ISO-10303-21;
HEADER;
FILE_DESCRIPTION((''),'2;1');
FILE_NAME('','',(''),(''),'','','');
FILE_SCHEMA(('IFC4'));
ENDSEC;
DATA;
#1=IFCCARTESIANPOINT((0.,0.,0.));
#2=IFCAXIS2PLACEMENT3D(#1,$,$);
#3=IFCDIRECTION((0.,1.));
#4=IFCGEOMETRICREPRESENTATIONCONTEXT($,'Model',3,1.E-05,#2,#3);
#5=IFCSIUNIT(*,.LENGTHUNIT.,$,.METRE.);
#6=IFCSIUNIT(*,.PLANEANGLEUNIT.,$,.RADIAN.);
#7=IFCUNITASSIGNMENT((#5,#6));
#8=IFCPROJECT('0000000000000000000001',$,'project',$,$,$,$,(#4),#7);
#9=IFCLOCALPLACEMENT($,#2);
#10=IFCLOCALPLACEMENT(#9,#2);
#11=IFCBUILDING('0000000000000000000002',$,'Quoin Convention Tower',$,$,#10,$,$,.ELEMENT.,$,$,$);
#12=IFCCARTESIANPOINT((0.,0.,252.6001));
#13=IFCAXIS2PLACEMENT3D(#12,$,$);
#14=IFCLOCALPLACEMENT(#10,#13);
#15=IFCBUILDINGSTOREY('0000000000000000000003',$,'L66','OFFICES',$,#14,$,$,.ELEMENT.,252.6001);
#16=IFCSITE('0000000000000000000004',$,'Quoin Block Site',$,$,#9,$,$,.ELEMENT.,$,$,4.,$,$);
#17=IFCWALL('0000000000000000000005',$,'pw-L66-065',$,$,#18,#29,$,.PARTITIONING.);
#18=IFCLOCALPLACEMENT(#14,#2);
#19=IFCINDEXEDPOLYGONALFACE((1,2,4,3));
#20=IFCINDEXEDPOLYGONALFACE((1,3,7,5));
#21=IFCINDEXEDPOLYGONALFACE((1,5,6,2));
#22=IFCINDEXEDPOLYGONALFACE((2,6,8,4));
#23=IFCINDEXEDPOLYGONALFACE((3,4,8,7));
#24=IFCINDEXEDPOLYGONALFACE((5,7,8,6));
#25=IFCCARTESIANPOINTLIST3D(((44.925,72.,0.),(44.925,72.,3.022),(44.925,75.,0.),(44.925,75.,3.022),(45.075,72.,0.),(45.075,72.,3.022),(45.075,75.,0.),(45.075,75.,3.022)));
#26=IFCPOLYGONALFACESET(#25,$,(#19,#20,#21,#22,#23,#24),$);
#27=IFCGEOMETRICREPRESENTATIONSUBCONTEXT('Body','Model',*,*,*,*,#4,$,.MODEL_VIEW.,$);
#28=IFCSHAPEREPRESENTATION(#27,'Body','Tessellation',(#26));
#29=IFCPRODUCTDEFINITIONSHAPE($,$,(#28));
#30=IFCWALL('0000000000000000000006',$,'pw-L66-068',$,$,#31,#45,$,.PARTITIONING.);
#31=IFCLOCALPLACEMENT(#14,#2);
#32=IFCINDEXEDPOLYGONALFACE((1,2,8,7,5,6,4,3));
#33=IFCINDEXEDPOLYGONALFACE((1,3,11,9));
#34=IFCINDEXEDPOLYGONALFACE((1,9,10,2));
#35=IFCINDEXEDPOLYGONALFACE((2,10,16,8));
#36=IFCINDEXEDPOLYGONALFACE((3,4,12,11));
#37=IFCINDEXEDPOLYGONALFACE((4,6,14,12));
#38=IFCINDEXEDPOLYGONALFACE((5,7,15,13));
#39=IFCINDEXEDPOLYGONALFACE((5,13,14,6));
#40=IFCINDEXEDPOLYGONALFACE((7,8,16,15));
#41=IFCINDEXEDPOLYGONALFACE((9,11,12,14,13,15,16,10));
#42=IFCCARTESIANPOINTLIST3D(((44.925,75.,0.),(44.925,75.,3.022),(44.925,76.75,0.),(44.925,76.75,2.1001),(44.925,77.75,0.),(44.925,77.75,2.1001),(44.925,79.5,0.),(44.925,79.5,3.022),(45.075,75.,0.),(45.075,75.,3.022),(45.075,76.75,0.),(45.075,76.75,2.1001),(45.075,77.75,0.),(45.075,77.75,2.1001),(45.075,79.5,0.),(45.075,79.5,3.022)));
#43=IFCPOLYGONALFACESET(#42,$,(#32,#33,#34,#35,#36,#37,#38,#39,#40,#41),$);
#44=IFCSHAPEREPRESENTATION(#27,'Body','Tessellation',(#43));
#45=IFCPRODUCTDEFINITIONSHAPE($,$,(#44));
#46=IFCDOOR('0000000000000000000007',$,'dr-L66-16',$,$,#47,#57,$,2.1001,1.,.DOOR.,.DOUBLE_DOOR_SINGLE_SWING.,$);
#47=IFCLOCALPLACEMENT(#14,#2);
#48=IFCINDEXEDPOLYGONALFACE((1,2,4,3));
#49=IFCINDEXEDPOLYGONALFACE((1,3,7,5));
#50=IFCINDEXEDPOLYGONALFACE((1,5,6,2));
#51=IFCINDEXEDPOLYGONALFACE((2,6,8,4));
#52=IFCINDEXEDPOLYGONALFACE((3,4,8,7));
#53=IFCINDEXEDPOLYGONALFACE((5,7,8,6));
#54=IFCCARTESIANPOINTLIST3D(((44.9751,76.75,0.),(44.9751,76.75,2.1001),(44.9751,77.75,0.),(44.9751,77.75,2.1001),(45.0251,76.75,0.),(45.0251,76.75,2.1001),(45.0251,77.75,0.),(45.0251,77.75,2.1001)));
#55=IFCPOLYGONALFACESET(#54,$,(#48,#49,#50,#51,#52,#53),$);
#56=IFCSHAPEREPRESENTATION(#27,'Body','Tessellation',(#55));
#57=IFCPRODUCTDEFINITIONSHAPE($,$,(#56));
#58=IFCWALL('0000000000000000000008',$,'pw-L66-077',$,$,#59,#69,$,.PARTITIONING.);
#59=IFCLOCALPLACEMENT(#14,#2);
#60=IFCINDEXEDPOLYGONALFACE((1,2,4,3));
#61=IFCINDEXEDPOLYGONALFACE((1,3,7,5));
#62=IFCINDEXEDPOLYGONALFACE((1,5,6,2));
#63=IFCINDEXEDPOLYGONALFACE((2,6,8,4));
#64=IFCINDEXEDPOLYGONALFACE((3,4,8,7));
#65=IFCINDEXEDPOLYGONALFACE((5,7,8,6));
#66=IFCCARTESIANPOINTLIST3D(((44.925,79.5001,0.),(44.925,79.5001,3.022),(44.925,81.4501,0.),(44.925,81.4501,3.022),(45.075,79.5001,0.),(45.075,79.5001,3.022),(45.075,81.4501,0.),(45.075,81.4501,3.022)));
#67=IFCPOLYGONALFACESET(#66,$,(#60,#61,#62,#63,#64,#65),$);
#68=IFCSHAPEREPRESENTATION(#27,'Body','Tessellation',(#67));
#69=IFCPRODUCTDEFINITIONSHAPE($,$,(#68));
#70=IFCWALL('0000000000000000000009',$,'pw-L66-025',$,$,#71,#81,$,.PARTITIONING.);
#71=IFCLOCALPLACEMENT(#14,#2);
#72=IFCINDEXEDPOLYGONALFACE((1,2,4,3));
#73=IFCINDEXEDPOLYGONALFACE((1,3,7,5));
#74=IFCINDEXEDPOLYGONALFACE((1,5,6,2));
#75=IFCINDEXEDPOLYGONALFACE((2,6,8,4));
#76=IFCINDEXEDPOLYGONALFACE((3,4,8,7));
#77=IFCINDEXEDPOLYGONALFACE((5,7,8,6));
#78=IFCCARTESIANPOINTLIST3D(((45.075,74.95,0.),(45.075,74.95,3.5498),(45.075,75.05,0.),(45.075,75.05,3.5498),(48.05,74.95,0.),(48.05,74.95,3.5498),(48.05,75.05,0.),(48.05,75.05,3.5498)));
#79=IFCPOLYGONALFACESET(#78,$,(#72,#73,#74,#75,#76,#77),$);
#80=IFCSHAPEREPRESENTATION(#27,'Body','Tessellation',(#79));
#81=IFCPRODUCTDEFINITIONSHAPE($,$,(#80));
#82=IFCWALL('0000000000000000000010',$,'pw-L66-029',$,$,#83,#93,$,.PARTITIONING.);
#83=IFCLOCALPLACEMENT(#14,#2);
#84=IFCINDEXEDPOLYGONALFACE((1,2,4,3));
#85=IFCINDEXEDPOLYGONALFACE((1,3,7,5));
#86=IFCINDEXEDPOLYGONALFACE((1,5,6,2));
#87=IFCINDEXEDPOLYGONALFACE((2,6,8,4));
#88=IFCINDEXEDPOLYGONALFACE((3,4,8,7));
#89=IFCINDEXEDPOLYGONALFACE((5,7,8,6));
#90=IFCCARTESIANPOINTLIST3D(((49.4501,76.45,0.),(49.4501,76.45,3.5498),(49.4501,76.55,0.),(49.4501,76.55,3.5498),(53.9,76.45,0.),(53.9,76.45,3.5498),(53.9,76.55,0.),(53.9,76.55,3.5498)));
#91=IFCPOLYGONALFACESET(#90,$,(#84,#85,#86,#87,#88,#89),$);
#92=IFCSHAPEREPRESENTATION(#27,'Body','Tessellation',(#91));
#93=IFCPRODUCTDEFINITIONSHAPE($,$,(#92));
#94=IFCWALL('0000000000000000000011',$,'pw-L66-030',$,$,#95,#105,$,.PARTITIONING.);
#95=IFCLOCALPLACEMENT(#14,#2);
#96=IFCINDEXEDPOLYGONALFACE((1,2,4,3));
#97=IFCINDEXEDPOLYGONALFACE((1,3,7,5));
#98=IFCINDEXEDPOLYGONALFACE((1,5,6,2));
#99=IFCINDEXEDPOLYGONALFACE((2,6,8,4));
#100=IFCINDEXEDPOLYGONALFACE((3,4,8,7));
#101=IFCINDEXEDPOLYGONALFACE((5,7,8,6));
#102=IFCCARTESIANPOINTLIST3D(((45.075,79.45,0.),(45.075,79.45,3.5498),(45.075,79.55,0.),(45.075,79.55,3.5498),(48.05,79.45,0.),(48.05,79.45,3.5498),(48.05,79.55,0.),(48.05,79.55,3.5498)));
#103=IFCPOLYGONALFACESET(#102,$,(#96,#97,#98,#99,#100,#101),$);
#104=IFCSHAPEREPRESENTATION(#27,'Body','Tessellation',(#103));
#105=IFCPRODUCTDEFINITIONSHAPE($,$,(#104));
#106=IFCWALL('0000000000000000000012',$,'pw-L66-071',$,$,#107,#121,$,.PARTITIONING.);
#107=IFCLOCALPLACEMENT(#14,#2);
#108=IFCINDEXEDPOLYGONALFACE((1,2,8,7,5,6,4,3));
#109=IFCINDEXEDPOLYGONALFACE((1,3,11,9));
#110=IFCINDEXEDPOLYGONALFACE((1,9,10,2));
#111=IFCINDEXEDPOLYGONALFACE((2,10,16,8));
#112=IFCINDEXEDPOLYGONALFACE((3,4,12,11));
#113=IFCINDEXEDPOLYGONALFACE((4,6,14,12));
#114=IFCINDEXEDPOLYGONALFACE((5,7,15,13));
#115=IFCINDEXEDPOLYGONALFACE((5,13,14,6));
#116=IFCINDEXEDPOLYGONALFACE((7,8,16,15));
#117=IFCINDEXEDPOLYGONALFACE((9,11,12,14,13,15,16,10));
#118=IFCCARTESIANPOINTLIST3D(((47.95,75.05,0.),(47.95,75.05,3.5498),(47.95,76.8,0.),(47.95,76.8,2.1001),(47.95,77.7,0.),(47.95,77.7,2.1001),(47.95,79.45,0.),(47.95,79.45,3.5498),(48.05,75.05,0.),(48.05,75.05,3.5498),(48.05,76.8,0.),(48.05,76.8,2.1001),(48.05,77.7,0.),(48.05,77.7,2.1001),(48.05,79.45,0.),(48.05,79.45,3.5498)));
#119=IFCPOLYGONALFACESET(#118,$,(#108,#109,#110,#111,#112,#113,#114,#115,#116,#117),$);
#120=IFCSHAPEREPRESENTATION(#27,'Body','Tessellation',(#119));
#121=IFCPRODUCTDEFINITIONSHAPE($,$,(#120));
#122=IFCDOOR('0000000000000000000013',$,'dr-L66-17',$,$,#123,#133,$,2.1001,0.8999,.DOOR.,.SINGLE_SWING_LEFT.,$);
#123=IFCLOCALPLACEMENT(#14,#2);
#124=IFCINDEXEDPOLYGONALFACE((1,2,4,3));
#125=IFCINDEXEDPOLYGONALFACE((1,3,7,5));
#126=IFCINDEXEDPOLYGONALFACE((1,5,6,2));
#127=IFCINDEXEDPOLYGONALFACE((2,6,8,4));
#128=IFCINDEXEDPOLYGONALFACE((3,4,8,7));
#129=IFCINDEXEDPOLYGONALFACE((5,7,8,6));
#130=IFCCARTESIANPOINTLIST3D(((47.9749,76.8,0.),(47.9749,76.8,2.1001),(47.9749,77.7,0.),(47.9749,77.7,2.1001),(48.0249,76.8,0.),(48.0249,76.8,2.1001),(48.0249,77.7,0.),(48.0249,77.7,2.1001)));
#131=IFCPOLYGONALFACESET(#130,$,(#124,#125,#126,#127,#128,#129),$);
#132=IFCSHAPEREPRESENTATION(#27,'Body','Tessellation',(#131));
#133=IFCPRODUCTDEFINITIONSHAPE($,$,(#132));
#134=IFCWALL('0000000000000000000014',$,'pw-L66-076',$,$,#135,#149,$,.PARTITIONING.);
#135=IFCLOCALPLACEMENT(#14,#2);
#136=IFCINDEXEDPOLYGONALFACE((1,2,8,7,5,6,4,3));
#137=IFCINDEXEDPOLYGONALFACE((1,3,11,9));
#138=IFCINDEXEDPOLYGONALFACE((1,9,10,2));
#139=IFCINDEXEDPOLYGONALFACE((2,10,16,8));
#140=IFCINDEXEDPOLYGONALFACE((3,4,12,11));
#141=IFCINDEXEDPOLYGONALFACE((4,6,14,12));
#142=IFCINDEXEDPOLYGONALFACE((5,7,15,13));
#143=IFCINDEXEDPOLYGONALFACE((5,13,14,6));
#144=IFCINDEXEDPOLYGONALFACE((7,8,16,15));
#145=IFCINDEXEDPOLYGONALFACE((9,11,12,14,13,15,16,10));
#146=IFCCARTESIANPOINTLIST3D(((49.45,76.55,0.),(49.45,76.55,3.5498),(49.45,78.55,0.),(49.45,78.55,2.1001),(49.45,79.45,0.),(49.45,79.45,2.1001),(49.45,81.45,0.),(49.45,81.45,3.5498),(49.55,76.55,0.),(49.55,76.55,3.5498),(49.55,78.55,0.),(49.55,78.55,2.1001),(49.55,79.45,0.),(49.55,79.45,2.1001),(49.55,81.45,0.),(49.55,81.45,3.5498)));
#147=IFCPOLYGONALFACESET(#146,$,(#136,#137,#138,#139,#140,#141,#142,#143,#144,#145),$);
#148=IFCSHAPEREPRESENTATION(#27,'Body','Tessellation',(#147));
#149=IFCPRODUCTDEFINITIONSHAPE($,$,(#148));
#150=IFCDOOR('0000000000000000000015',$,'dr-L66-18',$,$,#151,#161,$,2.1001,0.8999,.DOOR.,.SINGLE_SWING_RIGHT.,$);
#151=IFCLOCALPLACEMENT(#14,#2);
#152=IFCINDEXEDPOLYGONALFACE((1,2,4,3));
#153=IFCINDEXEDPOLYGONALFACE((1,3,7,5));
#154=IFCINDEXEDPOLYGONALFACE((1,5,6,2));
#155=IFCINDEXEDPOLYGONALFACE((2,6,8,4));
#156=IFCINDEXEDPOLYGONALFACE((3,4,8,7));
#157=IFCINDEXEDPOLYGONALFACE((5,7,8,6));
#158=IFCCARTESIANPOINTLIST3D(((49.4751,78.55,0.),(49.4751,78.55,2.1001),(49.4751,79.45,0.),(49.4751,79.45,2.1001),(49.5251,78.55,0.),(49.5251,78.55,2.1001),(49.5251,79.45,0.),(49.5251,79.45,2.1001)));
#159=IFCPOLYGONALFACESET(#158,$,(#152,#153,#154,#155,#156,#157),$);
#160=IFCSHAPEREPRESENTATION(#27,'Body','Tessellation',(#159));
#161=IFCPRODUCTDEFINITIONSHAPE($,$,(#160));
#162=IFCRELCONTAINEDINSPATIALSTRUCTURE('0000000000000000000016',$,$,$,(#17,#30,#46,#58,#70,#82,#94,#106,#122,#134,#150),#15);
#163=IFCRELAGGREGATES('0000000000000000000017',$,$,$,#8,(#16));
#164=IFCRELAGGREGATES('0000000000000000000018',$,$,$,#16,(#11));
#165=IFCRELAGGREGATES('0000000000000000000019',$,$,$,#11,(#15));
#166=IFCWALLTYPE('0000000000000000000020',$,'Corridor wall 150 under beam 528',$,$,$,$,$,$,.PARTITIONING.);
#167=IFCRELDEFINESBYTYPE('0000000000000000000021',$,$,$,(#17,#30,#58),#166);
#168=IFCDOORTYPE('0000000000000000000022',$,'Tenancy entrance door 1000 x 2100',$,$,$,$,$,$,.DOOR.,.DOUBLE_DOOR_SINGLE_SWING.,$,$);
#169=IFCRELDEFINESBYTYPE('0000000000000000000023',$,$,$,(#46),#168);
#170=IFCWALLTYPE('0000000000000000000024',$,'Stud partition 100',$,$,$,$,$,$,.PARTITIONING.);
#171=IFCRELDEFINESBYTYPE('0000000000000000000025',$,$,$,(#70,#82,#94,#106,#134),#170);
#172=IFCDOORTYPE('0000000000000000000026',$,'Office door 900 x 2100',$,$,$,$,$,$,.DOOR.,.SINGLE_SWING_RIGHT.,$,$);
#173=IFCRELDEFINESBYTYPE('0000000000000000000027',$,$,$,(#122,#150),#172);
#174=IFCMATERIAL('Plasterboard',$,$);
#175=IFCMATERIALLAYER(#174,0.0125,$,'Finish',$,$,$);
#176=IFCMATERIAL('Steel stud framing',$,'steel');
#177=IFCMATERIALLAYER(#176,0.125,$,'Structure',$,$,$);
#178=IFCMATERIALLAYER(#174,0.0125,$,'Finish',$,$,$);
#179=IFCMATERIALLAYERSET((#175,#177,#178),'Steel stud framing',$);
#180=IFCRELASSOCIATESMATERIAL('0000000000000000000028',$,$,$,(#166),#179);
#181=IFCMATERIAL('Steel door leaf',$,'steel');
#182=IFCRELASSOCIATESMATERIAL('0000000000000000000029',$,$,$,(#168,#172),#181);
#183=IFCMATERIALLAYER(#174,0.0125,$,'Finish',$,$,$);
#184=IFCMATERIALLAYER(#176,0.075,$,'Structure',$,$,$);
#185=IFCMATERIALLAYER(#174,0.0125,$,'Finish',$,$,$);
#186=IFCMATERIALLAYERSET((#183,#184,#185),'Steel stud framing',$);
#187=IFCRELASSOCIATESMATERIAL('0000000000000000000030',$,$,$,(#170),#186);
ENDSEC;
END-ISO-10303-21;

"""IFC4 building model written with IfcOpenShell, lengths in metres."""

from ifc_helpers import new_model, si_unit, direction, frame, frame_2d, origin, place, context, subcontext, project, spatial, rectangle, extrude, material, layer, layer_set, type_object, element, fill, save


model = new_model("IFC4")

# Units and contexts
model_context = context("Model", 3, precision=1e-05, world=origin(), true_north=direction((0.0, 1.0)))
body_context = subcontext(model_context, "Body", "Model", "MODEL_VIEW")
ifc_project = project(units=[si_unit("LENGTHUNIT", "METRE"), si_unit("PLANEANGLEUNIT", "RADIAN")], contexts=[model_context])

# Site, building, storey
site_placement = place(None, origin())
site = spatial("IfcSite", under=ifc_project, at=site_placement, Name="Quoin Block Site", CompositionType="ELEMENT", RefElevation=4.0)
building_placement = place(site_placement, origin())
building = spatial("IfcBuilding", under=site, at=building_placement, Name="Quoin Convention Tower", CompositionType="ELEMENT")
storey_placement = place(building_placement, frame((0.0, 0.0, 252.6001)))
storey = spatial("IfcBuildingStorey", under=building, at=storey_placement, Name="L66", Description="OFFICES", CompositionType="ELEMENT", Elevation=252.6001)

# Wall
ifc_material_1 = material(Name="Plasterboard")
ifc_layer_1 = layer(ifc_material_1, 0.0125, Name="Finish")
ifc_material_2 = material(Name="Steel stud framing", Category="steel")
ifc_layer_2 = layer(ifc_material_2, 0.125, Name="Structure")
ifc_layer_3 = layer(ifc_material_1, 0.0125, Name="Finish")
ifc_layer_set_1 = layer_set([ifc_layer_1, ifc_layer_2, ifc_layer_3], Name="Steel stud framing")
wall_type_1 = type_object("IfcWallType", Name="Corridor wall 150 under beam 528", PredefinedType="PARTITIONING", material=ifc_layer_set_1)
wall_1_placement = place(storey_placement, frame((45.0, 72.0, 0.0), z_axis=(0.0, 0.0, 1.0), x_axis=(0.0, 1.0, 0.0)))
element("IfcWall", 1, at=wall_1_placement, inside=storey, type_object=wall_type_1, Name="pw-L66-065", PredefinedType="PARTITIONING", context=body_context, shape_type="SweptSolid", body=[
    extrude(rectangle(XDim=3.0, YDim=0.1499, at=frame_2d((1.5, 0.0))), origin(), (0.0, 0.0, 1.0), 3.022),
])

# Wall, opening, door
wall_2_placement = place(storey_placement, frame((45.0, 75.0, 0.0), z_axis=(0.0, 0.0, 1.0), x_axis=(0.0, 1.0, 0.0)))
wall_2 = element("IfcWall", 2, at=wall_2_placement, inside=storey, type_object=wall_type_1, Name="pw-L66-068", PredefinedType="PARTITIONING", context=body_context, shape_type="SweptSolid", body=[
    extrude(rectangle(XDim=4.5, YDim=0.1499, at=frame_2d((2.25, 0.0))), origin(), (0.0, 0.0, 1.0), 3.022),
])
opening_1_placement = place(wall_2_placement, frame((1.75, 0.0, 0.0)))
opening_1 = element("IfcOpeningElement", 3, at=opening_1_placement, cuts=wall_2, PredefinedType="OPENING", context=body_context, shape_type="SweptSolid", body=[
    extrude(rectangle(XDim=1.0, YDim=2.1001, at=frame_2d((0.5, 1.05))), frame((0.0, 0.085, 0.0), z_axis=(0.0, -1.0, 0.0), x_axis=(1.0, 0.0, 0.0)), (0.0, 0.0, 1.0), 0.1699),
])
ifc_material_3 = material(Name="Steel door leaf", Category="steel")
door_type_1 = type_object("IfcDoorType", Name="Tenancy entrance door 1000 x 2100", OperationType="DOUBLE_DOOR_SINGLE_SWING", PredefinedType="DOOR", material=ifc_material_3)
door_1_placement = place(opening_1_placement, origin())
door_1 = element("IfcDoor", 4, at=door_1_placement, inside=storey, type_object=door_type_1, Name="dr-L66-16", OperationType="DOUBLE_DOOR_SINGLE_SWING", OverallHeight=2.1001, OverallWidth=1.0, PredefinedType="DOOR", context=body_context, shape_type="SweptSolid", body=[
    extrude(rectangle(XDim=1.0, YDim=2.1001, at=frame_2d((0.5, 1.05))), frame((0.0, 0.0249, 0.0), z_axis=(0.0, -1.0, 0.0), x_axis=(1.0, 0.0, 0.0)), (0.0, 0.0, 1.0), 0.05),
])
fill(opening_1, door_1)

# Walls
wall_3_placement = place(storey_placement, frame((45.0, 79.5, 0.0), z_axis=(0.0, 0.0, 1.0), x_axis=(0.0, 1.0, 0.0)))
element("IfcWall", 5, at=wall_3_placement, inside=storey, type_object=wall_type_1, Name="pw-L66-077", PredefinedType="PARTITIONING", context=body_context, shape_type="SweptSolid", body=[
    extrude(rectangle(XDim=1.95, YDim=0.1499, at=frame_2d((0.9751, 0.0))), origin(), (0.0, 0.0, 1.0), 3.022),
])
ifc_layer_4 = layer(ifc_material_1, 0.0125, Name="Finish")
ifc_layer_5 = layer(ifc_material_2, 0.075, Name="Structure")
ifc_layer_6 = layer(ifc_material_1, 0.0125, Name="Finish")
ifc_layer_set_2 = layer_set([ifc_layer_4, ifc_layer_5, ifc_layer_6], Name="Steel stud framing")
wall_type_2 = type_object("IfcWallType", Name="Stud partition 100", PredefinedType="PARTITIONING", material=ifc_layer_set_2)
wall_4_placement = place(storey_placement, frame((45.075, 75.0, 0.0), z_axis=(0.0, 0.0, 1.0), x_axis=(1.0, 0.0, 0.0)))
element("IfcWall", 6, at=wall_4_placement, inside=storey, type_object=wall_type_2, Name="pw-L66-025", PredefinedType="PARTITIONING", context=body_context, shape_type="SweptSolid", body=[
    extrude(rectangle(XDim=2.9751, YDim=0.1001, at=frame_2d((1.4875, 0.0))), origin(), (0.0, 0.0, 1.0), 3.5498),
])
wall_5_placement = place(storey_placement, frame((49.45, 76.5, 0.0), z_axis=(0.0, 0.0, 1.0), x_axis=(1.0, 0.0, 0.0)))
element("IfcWall", 7, at=wall_5_placement, inside=storey, type_object=wall_type_2, Name="pw-L66-029", PredefinedType="PARTITIONING", context=body_context, shape_type="SweptSolid", body=[
    extrude(rectangle(XDim=4.45, YDim=0.1001, at=frame_2d((2.2251, 0.0))), origin(), (0.0, 0.0, 1.0), 3.5498),
])
wall_6_placement = place(storey_placement, frame((45.075, 79.5, 0.0), z_axis=(0.0, 0.0, 1.0), x_axis=(1.0, 0.0, 0.0)))
element("IfcWall", 8, at=wall_6_placement, inside=storey, type_object=wall_type_2, Name="pw-L66-030", PredefinedType="PARTITIONING", context=body_context, shape_type="SweptSolid", body=[
    extrude(rectangle(XDim=2.9751, YDim=0.1001, at=frame_2d((1.4875, 0.0))), origin(), (0.0, 0.0, 1.0), 3.5498),
])

# Walls, openings, doors
wall_7_placement = place(storey_placement, frame((48.0, 75.05, 0.0), z_axis=(0.0, 0.0, 1.0), x_axis=(0.0, 1.0, 0.0)))
wall_7 = element("IfcWall", 9, at=wall_7_placement, inside=storey, type_object=wall_type_2, Name="pw-L66-071", PredefinedType="PARTITIONING", context=body_context, shape_type="SweptSolid", body=[
    extrude(rectangle(XDim=4.3999, YDim=0.1001, at=frame_2d((2.2, 0.0))), origin(), (0.0, 0.0, 1.0), 3.5498),
])
opening_2_placement = place(wall_7_placement, frame((1.75, 0.0, 0.0)))
opening_2 = element("IfcOpeningElement", 10, at=opening_2_placement, cuts=wall_7, PredefinedType="OPENING", context=body_context, shape_type="SweptSolid", body=[
    extrude(rectangle(XDim=0.8999, YDim=2.1001, at=frame_2d((0.45, 1.05))), frame((0.0, 0.0601, 0.0), z_axis=(0.0, -1.0, 0.0), x_axis=(1.0, 0.0, 0.0)), (0.0, 0.0, 1.0), 0.1201),
])
door_type_2 = type_object("IfcDoorType", Name="Office door 900 x 2100", OperationType="SINGLE_SWING_RIGHT", PredefinedType="DOOR", material=ifc_material_3)
door_2_placement = place(opening_2_placement, frame((0.8999, 0.0, 0.0), z_axis=(0.0, 0.0, 1.0), x_axis=(-1.0, 0.0, 0.0)))
door_2 = element("IfcDoor", 11, at=door_2_placement, inside=storey, type_object=door_type_2, Name="dr-L66-17", OperationType="SINGLE_SWING_LEFT", OverallHeight=2.1001, OverallWidth=0.8999, PredefinedType="DOOR", context=body_context, shape_type="SweptSolid", body=[
    extrude(rectangle(XDim=0.8999, YDim=2.1001, at=frame_2d((0.45, 1.05))), frame((0.0, 0.0249, 0.0), z_axis=(0.0, -1.0, 0.0), x_axis=(1.0, 0.0, 0.0)), (0.0, 0.0, 1.0), 0.05),
])
fill(opening_2, door_2)
wall_8_placement = place(storey_placement, frame((49.5, 76.55, 0.0), z_axis=(0.0, 0.0, 1.0), x_axis=(0.0, 1.0, 0.0)))
wall_8 = element("IfcWall", 12, at=wall_8_placement, inside=storey, type_object=wall_type_2, Name="pw-L66-076", PredefinedType="PARTITIONING", context=body_context, shape_type="SweptSolid", body=[
    extrude(rectangle(XDim=4.8999, YDim=0.1001, at=frame_2d((2.45, 0.0))), origin(), (0.0, 0.0, 1.0), 3.5498),
])
opening_3_placement = place(wall_8_placement, frame((2.0, 0.0, 0.0)))
opening_3 = element("IfcOpeningElement", 13, at=opening_3_placement, cuts=wall_8, PredefinedType="OPENING", context=body_context, shape_type="SweptSolid", body=[
    extrude(rectangle(XDim=0.8999, YDim=2.1001, at=frame_2d((0.45, 1.05))), frame((0.0, 0.0601, 0.0), z_axis=(0.0, -1.0, 0.0), x_axis=(1.0, 0.0, 0.0)), (0.0, 0.0, 1.0), 0.1201),
])
door_3_placement = place(opening_3_placement, origin())
door_3 = element("IfcDoor", 14, at=door_3_placement, inside=storey, type_object=door_type_2, Name="dr-L66-18", OperationType="SINGLE_SWING_RIGHT", OverallHeight=2.1001, OverallWidth=0.8999, PredefinedType="DOOR", context=body_context, shape_type="SweptSolid", body=[
    extrude(rectangle(XDim=0.8999, YDim=2.1001, at=frame_2d((0.45, 1.05))), frame((0.0, 0.0249, 0.0), z_axis=(0.0, -1.0, 0.0), x_axis=(1.0, 0.0, 0.0)), (0.0, 0.0, 1.0), 0.05),
])
fill(opening_3, door_3)

save(model, "model.ifc")
